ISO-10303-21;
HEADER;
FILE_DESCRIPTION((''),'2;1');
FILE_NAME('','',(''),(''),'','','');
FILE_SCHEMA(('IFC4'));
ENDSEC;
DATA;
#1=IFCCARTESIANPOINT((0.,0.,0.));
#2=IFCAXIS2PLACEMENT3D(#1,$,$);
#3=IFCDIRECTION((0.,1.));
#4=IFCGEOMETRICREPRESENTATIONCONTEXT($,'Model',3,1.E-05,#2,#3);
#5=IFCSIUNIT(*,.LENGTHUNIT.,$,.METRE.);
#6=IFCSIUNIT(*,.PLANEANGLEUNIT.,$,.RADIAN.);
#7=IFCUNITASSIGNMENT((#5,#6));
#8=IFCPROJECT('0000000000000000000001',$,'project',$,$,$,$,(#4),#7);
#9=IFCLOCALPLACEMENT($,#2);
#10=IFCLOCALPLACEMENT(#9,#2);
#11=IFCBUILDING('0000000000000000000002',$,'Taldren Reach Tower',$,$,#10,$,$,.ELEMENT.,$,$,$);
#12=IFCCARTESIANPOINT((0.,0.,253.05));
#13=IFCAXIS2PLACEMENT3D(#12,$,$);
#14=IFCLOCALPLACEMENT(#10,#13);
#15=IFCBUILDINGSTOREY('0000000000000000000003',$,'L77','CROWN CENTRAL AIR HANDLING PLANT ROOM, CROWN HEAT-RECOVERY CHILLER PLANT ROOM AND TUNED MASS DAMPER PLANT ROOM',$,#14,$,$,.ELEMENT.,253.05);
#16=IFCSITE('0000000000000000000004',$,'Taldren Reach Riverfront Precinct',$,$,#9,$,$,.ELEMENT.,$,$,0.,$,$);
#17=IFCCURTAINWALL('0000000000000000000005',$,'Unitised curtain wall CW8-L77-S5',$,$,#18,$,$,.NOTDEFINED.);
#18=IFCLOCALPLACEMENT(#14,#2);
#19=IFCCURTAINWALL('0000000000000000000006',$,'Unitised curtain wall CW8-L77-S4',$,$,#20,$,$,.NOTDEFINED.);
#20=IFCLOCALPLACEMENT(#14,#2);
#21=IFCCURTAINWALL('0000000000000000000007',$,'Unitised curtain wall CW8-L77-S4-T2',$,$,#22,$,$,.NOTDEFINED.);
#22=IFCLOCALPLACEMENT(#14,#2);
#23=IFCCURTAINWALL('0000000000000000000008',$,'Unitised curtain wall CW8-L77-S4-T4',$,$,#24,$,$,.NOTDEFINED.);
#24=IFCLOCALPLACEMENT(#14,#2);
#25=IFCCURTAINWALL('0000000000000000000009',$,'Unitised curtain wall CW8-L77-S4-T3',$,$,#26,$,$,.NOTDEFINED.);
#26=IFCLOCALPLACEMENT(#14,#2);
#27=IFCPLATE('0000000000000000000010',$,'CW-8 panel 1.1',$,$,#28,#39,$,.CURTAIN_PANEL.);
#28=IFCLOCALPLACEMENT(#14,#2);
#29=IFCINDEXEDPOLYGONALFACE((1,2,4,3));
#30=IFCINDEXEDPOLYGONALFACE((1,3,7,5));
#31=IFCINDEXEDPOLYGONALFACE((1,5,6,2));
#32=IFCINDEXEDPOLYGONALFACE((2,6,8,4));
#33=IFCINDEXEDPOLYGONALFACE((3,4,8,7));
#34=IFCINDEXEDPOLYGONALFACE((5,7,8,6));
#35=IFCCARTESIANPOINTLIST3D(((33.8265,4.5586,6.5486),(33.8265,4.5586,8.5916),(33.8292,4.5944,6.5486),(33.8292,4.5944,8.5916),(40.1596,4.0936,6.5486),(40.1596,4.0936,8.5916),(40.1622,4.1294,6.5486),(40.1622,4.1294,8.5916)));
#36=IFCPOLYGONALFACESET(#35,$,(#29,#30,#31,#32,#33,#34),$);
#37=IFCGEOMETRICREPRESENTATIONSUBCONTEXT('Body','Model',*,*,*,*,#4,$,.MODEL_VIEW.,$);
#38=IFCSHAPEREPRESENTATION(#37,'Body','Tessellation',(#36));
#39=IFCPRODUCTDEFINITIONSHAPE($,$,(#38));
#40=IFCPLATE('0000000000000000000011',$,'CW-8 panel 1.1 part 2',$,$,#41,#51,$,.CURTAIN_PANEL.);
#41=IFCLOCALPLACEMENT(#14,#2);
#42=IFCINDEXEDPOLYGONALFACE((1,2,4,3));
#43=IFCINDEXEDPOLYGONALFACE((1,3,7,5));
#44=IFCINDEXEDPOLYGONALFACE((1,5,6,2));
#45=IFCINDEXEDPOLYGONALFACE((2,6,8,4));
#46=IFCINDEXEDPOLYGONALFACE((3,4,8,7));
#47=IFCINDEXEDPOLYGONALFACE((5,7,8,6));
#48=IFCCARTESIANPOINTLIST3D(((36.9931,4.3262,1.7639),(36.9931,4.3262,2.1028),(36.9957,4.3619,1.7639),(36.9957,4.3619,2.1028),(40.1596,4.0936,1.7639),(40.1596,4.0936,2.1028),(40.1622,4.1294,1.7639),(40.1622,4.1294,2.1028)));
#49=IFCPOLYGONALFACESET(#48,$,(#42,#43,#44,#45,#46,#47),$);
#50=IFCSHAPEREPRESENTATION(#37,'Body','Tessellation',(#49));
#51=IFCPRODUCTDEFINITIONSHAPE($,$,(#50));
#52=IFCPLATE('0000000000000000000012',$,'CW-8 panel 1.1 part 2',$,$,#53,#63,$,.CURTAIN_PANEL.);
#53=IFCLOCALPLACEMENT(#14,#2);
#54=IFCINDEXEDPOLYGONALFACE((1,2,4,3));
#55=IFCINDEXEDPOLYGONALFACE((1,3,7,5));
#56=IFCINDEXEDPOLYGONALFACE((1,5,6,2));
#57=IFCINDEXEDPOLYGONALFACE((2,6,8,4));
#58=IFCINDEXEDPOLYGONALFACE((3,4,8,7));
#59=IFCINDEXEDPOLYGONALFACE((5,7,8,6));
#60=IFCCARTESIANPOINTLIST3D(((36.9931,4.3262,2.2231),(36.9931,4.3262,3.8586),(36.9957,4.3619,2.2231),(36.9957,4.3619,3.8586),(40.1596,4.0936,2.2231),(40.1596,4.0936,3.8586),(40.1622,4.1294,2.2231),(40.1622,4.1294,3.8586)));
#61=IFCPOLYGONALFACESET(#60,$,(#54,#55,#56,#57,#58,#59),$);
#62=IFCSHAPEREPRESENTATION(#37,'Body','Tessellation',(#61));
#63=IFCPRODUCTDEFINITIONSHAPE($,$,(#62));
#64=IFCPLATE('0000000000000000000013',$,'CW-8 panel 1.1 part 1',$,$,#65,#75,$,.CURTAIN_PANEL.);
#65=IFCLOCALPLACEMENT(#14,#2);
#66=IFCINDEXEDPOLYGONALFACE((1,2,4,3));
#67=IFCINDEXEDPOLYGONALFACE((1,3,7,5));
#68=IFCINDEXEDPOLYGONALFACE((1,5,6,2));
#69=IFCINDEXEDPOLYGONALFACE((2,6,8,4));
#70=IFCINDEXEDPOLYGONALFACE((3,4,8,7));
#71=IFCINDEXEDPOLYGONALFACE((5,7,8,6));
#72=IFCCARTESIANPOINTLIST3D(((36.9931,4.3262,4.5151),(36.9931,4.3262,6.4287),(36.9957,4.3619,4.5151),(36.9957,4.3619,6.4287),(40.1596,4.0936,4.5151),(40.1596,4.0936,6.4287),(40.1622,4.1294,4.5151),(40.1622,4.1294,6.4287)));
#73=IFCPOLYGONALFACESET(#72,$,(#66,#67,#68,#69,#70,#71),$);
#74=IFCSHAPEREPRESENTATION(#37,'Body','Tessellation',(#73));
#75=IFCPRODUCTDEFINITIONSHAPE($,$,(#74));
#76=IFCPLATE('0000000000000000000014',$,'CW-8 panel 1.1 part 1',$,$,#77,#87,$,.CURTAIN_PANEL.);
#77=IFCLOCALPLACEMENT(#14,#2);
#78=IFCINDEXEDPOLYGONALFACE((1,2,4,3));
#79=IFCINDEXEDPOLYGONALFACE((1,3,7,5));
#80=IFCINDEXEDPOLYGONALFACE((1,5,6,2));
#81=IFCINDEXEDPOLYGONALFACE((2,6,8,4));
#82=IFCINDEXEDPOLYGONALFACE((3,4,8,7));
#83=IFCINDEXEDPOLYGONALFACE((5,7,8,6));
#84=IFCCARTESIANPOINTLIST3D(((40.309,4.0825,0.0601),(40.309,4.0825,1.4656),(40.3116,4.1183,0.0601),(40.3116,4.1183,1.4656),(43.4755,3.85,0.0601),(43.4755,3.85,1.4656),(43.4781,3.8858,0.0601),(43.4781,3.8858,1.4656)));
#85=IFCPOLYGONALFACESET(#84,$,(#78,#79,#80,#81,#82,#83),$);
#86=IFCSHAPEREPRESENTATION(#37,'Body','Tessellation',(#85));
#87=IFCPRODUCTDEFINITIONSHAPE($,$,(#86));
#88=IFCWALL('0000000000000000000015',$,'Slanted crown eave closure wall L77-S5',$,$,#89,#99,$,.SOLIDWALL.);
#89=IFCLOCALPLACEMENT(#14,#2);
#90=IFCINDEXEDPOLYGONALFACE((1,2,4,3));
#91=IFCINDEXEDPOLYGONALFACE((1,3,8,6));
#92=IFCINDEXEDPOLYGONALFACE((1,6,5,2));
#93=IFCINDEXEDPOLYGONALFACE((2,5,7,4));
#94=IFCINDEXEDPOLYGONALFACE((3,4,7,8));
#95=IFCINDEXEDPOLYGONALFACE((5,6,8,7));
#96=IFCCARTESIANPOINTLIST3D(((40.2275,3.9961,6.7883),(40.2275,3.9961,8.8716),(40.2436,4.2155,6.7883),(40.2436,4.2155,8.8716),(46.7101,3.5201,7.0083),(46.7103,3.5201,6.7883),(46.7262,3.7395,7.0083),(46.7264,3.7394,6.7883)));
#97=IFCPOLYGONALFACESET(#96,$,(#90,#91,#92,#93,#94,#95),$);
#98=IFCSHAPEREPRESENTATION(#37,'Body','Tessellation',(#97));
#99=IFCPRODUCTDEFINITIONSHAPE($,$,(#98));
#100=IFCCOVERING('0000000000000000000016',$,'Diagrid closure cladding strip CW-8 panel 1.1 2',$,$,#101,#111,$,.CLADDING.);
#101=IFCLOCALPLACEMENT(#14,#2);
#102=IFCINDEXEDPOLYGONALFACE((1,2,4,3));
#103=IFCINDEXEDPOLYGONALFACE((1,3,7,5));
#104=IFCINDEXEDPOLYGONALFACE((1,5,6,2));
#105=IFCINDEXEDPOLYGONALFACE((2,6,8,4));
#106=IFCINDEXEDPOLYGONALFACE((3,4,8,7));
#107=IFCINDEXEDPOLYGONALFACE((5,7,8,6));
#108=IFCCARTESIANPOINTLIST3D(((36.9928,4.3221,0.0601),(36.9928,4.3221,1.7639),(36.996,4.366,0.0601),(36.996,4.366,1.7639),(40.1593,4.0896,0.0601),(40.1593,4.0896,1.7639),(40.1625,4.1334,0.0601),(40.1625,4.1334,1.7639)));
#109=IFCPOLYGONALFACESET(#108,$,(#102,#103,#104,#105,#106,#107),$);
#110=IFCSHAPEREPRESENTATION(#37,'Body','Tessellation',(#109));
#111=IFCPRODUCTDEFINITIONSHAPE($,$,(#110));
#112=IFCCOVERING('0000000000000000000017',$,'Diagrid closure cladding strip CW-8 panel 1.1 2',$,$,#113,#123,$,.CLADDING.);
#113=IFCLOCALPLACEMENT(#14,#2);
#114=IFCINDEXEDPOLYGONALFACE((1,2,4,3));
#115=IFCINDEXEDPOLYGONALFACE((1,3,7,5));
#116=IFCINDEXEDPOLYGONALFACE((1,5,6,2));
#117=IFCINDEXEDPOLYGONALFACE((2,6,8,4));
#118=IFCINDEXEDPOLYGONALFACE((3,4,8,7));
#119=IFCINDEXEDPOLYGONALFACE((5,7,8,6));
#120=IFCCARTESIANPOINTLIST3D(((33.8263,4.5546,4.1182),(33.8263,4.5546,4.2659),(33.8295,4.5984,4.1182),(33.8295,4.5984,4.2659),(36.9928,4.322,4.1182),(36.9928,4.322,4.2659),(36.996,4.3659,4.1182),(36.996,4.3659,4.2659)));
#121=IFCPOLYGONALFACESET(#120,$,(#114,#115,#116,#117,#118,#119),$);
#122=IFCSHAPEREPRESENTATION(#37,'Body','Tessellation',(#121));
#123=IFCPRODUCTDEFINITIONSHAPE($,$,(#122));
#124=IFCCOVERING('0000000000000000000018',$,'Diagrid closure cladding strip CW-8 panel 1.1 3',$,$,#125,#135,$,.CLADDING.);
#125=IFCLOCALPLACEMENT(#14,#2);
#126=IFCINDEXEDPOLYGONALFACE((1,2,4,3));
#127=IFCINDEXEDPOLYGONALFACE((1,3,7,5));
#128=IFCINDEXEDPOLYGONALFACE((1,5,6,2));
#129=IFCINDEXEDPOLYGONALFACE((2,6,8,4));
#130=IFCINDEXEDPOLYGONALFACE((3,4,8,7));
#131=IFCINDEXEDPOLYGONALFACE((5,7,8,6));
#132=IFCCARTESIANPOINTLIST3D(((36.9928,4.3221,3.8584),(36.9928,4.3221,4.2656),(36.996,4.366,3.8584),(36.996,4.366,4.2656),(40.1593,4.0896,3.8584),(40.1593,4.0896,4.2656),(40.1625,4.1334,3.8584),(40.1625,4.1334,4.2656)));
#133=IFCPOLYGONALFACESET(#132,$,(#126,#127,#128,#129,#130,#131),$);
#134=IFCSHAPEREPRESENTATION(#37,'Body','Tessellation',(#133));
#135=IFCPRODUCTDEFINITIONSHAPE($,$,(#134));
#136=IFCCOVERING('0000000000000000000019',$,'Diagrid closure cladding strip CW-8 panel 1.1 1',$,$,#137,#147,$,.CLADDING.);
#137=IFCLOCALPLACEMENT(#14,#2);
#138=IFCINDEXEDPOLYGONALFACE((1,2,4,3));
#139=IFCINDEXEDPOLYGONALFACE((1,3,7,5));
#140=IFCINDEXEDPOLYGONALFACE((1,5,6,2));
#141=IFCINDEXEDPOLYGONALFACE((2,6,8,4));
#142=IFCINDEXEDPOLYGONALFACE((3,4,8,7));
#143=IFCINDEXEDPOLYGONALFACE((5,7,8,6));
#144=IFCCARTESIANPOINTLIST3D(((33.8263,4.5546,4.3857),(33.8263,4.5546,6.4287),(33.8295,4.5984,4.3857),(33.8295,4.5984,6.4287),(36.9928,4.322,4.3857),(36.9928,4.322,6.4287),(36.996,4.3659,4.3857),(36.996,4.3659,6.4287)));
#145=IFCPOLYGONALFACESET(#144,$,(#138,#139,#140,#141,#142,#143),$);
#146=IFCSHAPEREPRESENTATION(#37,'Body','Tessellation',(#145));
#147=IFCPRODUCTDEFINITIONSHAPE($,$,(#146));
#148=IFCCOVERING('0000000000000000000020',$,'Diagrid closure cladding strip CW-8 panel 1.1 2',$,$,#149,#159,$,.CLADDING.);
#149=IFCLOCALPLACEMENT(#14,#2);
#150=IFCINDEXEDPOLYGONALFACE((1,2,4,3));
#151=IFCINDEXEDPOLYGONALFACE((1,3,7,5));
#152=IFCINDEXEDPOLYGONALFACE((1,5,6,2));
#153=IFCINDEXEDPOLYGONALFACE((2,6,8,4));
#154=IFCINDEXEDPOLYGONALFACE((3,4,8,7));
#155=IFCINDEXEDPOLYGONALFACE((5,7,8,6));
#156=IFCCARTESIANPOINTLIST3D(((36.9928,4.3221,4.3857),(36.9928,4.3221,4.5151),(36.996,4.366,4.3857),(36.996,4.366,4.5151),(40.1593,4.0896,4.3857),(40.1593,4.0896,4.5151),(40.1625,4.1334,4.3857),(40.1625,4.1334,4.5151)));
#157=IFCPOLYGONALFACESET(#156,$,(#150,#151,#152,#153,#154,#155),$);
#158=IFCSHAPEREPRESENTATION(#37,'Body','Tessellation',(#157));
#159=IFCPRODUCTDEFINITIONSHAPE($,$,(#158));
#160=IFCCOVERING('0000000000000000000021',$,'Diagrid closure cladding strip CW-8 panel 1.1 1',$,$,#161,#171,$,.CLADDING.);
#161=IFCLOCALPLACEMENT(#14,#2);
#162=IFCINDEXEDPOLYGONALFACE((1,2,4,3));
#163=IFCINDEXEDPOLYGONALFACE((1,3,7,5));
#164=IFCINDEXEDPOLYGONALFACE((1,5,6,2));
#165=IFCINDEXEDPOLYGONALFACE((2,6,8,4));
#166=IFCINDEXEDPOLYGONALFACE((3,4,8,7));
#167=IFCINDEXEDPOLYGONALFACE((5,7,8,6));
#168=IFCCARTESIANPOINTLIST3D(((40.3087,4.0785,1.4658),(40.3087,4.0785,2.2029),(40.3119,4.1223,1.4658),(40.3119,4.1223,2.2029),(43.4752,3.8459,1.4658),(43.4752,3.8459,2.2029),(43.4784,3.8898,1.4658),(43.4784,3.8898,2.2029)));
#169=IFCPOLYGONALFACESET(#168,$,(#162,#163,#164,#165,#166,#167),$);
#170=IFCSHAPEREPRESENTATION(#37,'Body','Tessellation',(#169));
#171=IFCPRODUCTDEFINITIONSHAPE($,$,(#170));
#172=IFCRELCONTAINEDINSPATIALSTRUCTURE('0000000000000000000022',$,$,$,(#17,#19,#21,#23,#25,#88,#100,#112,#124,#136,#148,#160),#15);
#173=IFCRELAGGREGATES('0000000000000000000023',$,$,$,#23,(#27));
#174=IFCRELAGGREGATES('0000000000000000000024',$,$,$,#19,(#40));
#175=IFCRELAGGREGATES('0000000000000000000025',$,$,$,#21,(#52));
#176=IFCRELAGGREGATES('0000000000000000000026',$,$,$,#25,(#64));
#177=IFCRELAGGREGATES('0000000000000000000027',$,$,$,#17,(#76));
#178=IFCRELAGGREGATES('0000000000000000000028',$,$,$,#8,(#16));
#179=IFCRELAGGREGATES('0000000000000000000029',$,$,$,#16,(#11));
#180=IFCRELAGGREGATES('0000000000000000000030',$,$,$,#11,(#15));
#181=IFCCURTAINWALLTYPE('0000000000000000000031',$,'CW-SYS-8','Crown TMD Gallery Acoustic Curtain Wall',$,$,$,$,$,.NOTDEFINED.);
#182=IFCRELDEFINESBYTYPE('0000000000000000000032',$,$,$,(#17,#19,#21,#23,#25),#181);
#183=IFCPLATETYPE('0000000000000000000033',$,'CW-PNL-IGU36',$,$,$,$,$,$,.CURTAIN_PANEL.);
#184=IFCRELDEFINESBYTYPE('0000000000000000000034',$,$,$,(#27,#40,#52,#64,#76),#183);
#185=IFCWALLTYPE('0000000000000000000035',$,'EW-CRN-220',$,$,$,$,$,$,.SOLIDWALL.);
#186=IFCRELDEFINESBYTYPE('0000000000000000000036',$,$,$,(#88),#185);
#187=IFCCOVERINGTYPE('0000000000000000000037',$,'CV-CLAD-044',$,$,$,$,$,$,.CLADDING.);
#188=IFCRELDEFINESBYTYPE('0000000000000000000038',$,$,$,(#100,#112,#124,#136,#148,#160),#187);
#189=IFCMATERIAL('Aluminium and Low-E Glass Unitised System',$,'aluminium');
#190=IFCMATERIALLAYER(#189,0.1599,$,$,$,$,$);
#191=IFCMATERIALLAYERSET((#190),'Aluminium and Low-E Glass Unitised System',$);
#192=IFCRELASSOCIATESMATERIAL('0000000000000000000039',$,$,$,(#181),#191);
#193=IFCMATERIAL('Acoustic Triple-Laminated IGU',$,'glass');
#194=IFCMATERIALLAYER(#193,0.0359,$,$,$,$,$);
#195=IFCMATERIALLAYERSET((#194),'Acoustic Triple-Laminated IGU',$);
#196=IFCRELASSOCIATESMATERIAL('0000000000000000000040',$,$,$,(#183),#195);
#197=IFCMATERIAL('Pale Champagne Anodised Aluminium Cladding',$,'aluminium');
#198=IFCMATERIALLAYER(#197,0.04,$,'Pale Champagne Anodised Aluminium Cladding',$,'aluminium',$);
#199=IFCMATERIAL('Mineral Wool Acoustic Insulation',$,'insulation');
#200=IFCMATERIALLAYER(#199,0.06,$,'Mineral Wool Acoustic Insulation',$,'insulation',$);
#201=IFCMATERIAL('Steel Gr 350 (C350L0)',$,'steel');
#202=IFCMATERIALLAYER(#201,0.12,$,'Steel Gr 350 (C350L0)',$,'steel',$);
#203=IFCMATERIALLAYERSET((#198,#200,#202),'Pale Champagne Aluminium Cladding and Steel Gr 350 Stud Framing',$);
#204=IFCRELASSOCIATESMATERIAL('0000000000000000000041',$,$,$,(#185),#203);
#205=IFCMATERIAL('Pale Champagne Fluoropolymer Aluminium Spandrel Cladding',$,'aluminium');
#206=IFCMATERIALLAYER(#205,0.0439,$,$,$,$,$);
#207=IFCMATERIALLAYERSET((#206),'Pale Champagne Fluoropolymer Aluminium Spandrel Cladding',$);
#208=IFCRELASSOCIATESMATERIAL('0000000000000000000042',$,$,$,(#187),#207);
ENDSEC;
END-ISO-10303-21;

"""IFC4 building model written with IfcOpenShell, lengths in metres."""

from ifc_helpers import new_model, si_unit, direction, frame, origin, origin_2d, place, context, subcontext, project, spatial, polyline, rectangle, outline, extrude, source, transform, mapped, material, layer, layer_set, type_object, element, aggregate, save


model = new_model("IFC4")

# Units and contexts
model_context = context("Model", 3, precision=1e-05, world=origin(), true_north=direction((0.0, 1.0)))
body_context = subcontext(model_context, "Body", "Model", "MODEL_VIEW")
ifc_project = project(units=[si_unit("LENGTHUNIT", "METRE"), si_unit("PLANEANGLEUNIT", "RADIAN")], contexts=[model_context])

# Site, building, storey
site_placement = place(None, origin())
site = spatial("IfcSite", under=ifc_project, at=site_placement, Name="Taldren Reach Riverfront Precinct", CompositionType="ELEMENT", RefElevation=0.0)
building_placement = place(site_placement, origin())
building = spatial("IfcBuilding", under=site, at=building_placement, Name="Taldren Reach Tower", CompositionType="ELEMENT")
storey_placement = place(building_placement, frame((0.0, 0.0, 253.05)))
storey = spatial("IfcBuildingStorey", under=building, at=storey_placement, Name="L77", Description="CROWN CENTRAL AIR HANDLING PLANT ROOM, CROWN HEAT-RECOVERY CHILLER PLANT ROOM AND TUNED MASS DAMPER PLANT ROOM", CompositionType="ELEMENT", Elevation=253.05)

# Shared definitions
ifc_material_1 = material(Name="Steel Gr 350 (C350L0)", Category="steel")

# Curtain wall
ifc_material_2 = material(Name="Aluminium and Low-E Glass Unitised System", Category="aluminium")
ifc_layer_1 = layer(ifc_material_2, 0.1599)
ifc_layer_set_1 = layer_set([ifc_layer_1], Name="Aluminium and Low-E Glass Unitised System")
curtain_wall_type = type_object("IfcCurtainWallType", Name="CW-SYS-8", Description="Crown TMD Gallery Acoustic Curtain Wall", PredefinedType="NOTDEFINED", material=ifc_layer_set_1)
curtain_wall_1_placement = place(storey_placement, origin())
curtain_wall_1 = element("IfcCurtainWall", 1, at=curtain_wall_1_placement, inside=storey, type_object=curtain_wall_type, Name="Unitised curtain wall CW8-L77-S5", PredefinedType="NOTDEFINED")

# Curtain walls
curtain_wall_2_placement = place(storey_placement, origin())
curtain_wall_2 = element("IfcCurtainWall", 2, at=curtain_wall_2_placement, inside=storey, type_object=curtain_wall_type, Name="Unitised curtain wall CW8-L77-S4", PredefinedType="NOTDEFINED")
curtain_wall_3_placement = place(storey_placement, origin())
curtain_wall_3 = element("IfcCurtainWall", 3, at=curtain_wall_3_placement, inside=storey, type_object=curtain_wall_type, Name="Unitised curtain wall CW8-L77-S4-T2", PredefinedType="NOTDEFINED")
curtain_wall_4_placement = place(storey_placement, origin())
curtain_wall_4 = element("IfcCurtainWall", 4, at=curtain_wall_4_placement, inside=storey, type_object=curtain_wall_type, Name="Unitised curtain wall CW8-L77-S4-T4", PredefinedType="NOTDEFINED")
curtain_wall_5_placement = place(storey_placement, origin())
curtain_wall_5 = element("IfcCurtainWall", 5, at=curtain_wall_5_placement, inside=storey, type_object=curtain_wall_type, Name="Unitised curtain wall CW8-L77-S4-T3", PredefinedType="NOTDEFINED")

# Plates
ifc_material_3 = material(Name="Acoustic Triple-Laminated IGU", Category="glass")
ifc_layer_2 = layer(ifc_material_3, 0.0359)
ifc_layer_set_2 = layer_set([ifc_layer_2], Name="Acoustic Triple-Laminated IGU")
plate_type_1 = type_object("IfcPlateType", Name="CW-PNL-IGU36", PredefinedType="CURTAIN_PANEL", material=ifc_layer_set_2)
shared_shape_1 = source(origin(), body_context, "Body", "SweptSolid", [
    extrude(rectangle(XDim=6.3501, YDim=0.0359, at=origin_2d()), origin(), (0.0, 0.0, 1.0), 2.043),
])
plate_1_placement = place(storey_placement, frame((36.9944, 4.344, 6.5486), z_axis=(0.0, 0.0, 1.0), x_axis=(0.997314, -0.073239, 0.0)))
plate_1 = element("IfcPlate", 6, at=plate_1_placement, type_object=plate_type_1, Name="CW-8 panel 1.1", PredefinedType="CURTAIN_PANEL", context=body_context, shape_type="MappedRepresentation", body=[
    mapped(shared_shape_1, transform((0.0, 0.0, 0.0), scale=1.0)),
])
aggregate(curtain_wall_4, [plate_1])
shared_shape_2 = source(origin(), body_context, "Body", "SweptSolid", [
    extrude(rectangle(XDim=3.175, YDim=0.0359, at=origin_2d()), origin(), (0.0, 0.0, 1.0), 0.3389),
])
plate_2_placement = place(storey_placement, frame((38.5776, 4.2278, 1.7639), z_axis=(0.0, 0.0, 1.0), x_axis=(0.997314, -0.073239, 0.0)))
plate_2 = element("IfcPlate", 7, at=plate_2_placement, type_object=plate_type_1, Name="CW-8 panel 1.1 part 2", PredefinedType="CURTAIN_PANEL", context=body_context, shape_type="MappedRepresentation", body=[
    mapped(shared_shape_2, transform((0.0, 0.0, 0.0), scale=1.0)),
])
aggregate(curtain_wall_2, [plate_2])
shared_shape_3 = source(origin(), body_context, "Body", "SweptSolid", [
    extrude(rectangle(XDim=3.175, YDim=0.0359, at=origin_2d()), origin(), (0.0, 0.0, 1.0), 1.6355),
])
plate_3_placement = place(storey_placement, frame((38.5776, 4.2278, 2.2231), z_axis=(0.0, 0.0, 1.0), x_axis=(0.997314, -0.073239, 0.0)))
plate_3 = element("IfcPlate", 8, at=plate_3_placement, type_object=plate_type_1, Name="CW-8 panel 1.1 part 2", PredefinedType="CURTAIN_PANEL", context=body_context, shape_type="MappedRepresentation", body=[
    mapped(shared_shape_3, transform((0.0, 0.0, 0.0), scale=1.0)),
])
aggregate(curtain_wall_3, [plate_3])
shared_shape_4 = source(origin(), body_context, "Body", "SweptSolid", [
    extrude(rectangle(XDim=3.175, YDim=0.0359, at=origin_2d()), origin(), (0.0, 0.0, 1.0), 1.9136),
])
plate_4_placement = place(storey_placement, frame((38.5776, 4.2278, 4.5151), z_axis=(0.0, 0.0, 1.0), x_axis=(0.997314, -0.073239, 0.0)))
plate_4 = element("IfcPlate", 9, at=plate_4_placement, type_object=plate_type_1, Name="CW-8 panel 1.1 part 1", PredefinedType="CURTAIN_PANEL", context=body_context, shape_type="MappedRepresentation", body=[
    mapped(shared_shape_4, transform((0.0, 0.0, 0.0), scale=1.0)),
])
aggregate(curtain_wall_5, [plate_4])
shared_shape_5 = source(origin(), body_context, "Body", "SweptSolid", [
    extrude(rectangle(XDim=3.175, YDim=0.0359, at=origin_2d()), origin(), (0.0, 0.0, 1.0), 1.4055),
])
plate_5_placement = place(storey_placement, frame((41.8936, 3.9841, 0.0601), z_axis=(0.0, 0.0, 1.0), x_axis=(0.997314, -0.073238, 0.0)))
plate_5 = element("IfcPlate", 10, at=plate_5_placement, type_object=plate_type_1, Name="CW-8 panel 1.1 part 1", PredefinedType="CURTAIN_PANEL", context=body_context, shape_type="MappedRepresentation", body=[
    mapped(shared_shape_5, transform((0.0, 0.0, 0.0), scale=1.0)),
])
aggregate(curtain_wall_1, [plate_5])

# Wall
ifc_material_4 = material(Name="Pale Champagne Anodised Aluminium Cladding", Category="aluminium")
ifc_layer_3 = layer(ifc_material_4, 0.04, Name="Pale Champagne Anodised Aluminium Cladding", Category="aluminium")
ifc_material_5 = material(Name="Mineral Wool Acoustic Insulation", Category="insulation")
ifc_layer_4 = layer(ifc_material_5, 0.06, Name="Mineral Wool Acoustic Insulation", Category="insulation")
ifc_layer_5 = layer(ifc_material_1, 0.12, Name="Steel Gr 350 (C350L0)", Category="steel")
ifc_layer_set_3 = layer_set([ifc_layer_3, ifc_layer_4, ifc_layer_5], Name="Pale Champagne Aluminium Cladding and Steel Gr 350 Stud Framing")
wall_type = type_object("IfcWallType", Name="EW-CRN-220", PredefinedType="SOLIDWALL", material=ifc_layer_set_3)
wall_placement = place(storey_placement, frame((40.2356, 4.106, 6.7883), z_axis=(0.0, 0.0, 1.0), x_axis=(0.997314, -0.073241, 0.0)))
element("IfcWall", 11, at=wall_placement, inside=storey, type_object=wall_type, Name="Slanted crown eave closure wall L77-S5", PredefinedType="SOLIDWALL", context=body_context, shape_type="SweptSolid", body=[
    extrude(outline(polyline([(0.0, 0.0), (6.5002, 0.0), (6.5, 0.22), (0.0, 2.0833), (0.0, 0.0)])), frame((0.0, 0.1099, 0.0), z_axis=(0.0, -1.0, 0.0), x_axis=(1.0, 0.0, 0.0)), (0.0, 0.0, 1.0), 0.22),
])

# Coverings
ifc_material_6 = material(Name="Pale Champagne Fluoropolymer Aluminium Spandrel Cladding", Category="aluminium")
ifc_layer_6 = layer(ifc_material_6, 0.0439)
ifc_layer_set_4 = layer_set([ifc_layer_6], Name="Pale Champagne Fluoropolymer Aluminium Spandrel Cladding")
covering_type = type_object("IfcCoveringType", Name="CV-CLAD-044", PredefinedType="CLADDING", material=ifc_layer_set_4)
shared_shape_6 = source(origin(), body_context, "Body", "SweptSolid", [
    extrude(rectangle(XDim=3.175, YDim=0.0439, at=origin_2d()), origin(), (0.0, 0.0, 1.0), 1.7039),
])
covering_1_placement = place(storey_placement, frame((38.5776, 4.2278, 0.0601), z_axis=(0.0, 0.0, 1.0), x_axis=(0.997314, -0.073239, 0.0)))
element("IfcCovering", 12, at=covering_1_placement, inside=storey, type_object=covering_type, Name="Diagrid closure cladding strip CW-8 panel 1.1 2", PredefinedType="CLADDING", context=body_context, shape_type="MappedRepresentation", body=[
    mapped(shared_shape_6, transform((0.0, 0.0, 0.0), scale=1.0)),
])
shared_shape_7 = source(origin(), body_context, "Body", "SweptSolid", [
    extrude(rectangle(XDim=3.175, YDim=0.0439, at=origin_2d()), origin(), (0.0, 0.0, 1.0), 0.1477),
])
covering_2_placement = place(storey_placement, frame((35.4111, 4.4602, 4.1182), z_axis=(0.0, 0.0, 1.0), x_axis=(0.997314, -0.073239, 0.0)))
element("IfcCovering", 13, at=covering_2_placement, inside=storey, type_object=covering_type, Name="Diagrid closure cladding strip CW-8 panel 1.1 2", PredefinedType="CLADDING", context=body_context, shape_type="MappedRepresentation", body=[
    mapped(shared_shape_7, transform((0.0, 0.0, 0.0), scale=1.0)),
])
shared_shape_8 = source(origin(), body_context, "Body", "SweptSolid", [
    extrude(rectangle(XDim=3.175, YDim=0.0439, at=origin_2d()), origin(), (0.0, 0.0, 1.0), 0.4072),
])
covering_3_placement = place(storey_placement, frame((38.5776, 4.2278, 3.8584), z_axis=(0.0, 0.0, 1.0), x_axis=(0.997314, -0.073239, 0.0)))
element("IfcCovering", 14, at=covering_3_placement, inside=storey, type_object=covering_type, Name="Diagrid closure cladding strip CW-8 panel 1.1 3", PredefinedType="CLADDING", context=body_context, shape_type="MappedRepresentation", body=[
    mapped(shared_shape_8, transform((0.0, 0.0, 0.0), scale=1.0)),
])
shared_shape_9 = source(origin(), body_context, "Body", "SweptSolid", [
    extrude(rectangle(XDim=3.175, YDim=0.0439, at=origin_2d()), origin(), (0.0, 0.0, 1.0), 2.043),
])
covering_4_placement = place(storey_placement, frame((35.4111, 4.4602, 4.3857), z_axis=(0.0, 0.0, 1.0), x_axis=(0.997314, -0.073239, 0.0)))
element("IfcCovering", 15, at=covering_4_placement, inside=storey, type_object=covering_type, Name="Diagrid closure cladding strip CW-8 panel 1.1 1", PredefinedType="CLADDING", context=body_context, shape_type="MappedRepresentation", body=[
    mapped(shared_shape_9, transform((0.0, 0.0, 0.0), scale=1.0)),
])
shared_shape_10 = source(origin(), body_context, "Body", "SweptSolid", [
    extrude(rectangle(XDim=3.175, YDim=0.0439, at=origin_2d()), origin(), (0.0, 0.0, 1.0), 0.1294),
])
covering_5_placement = place(storey_placement, frame((38.5776, 4.2278, 4.3857), z_axis=(0.0, 0.0, 1.0), x_axis=(0.997314, -0.073239, 0.0)))
element("IfcCovering", 16, at=covering_5_placement, inside=storey, type_object=covering_type, Name="Diagrid closure cladding strip CW-8 panel 1.1 2", PredefinedType="CLADDING", context=body_context, shape_type="MappedRepresentation", body=[
    mapped(shared_shape_10, transform((0.0, 0.0, 0.0), scale=1.0)),
])
shared_shape_11 = source(origin(), body_context, "Body", "SweptSolid", [
    extrude(rectangle(XDim=3.175, YDim=0.0439, at=origin_2d()), origin(), (0.0, 0.0, 1.0), 0.7371),
])
covering_6_placement = place(storey_placement, frame((41.8936, 3.9841, 1.4658), z_axis=(0.0, 0.0, 1.0), x_axis=(0.997314, -0.073238, 0.0)))
element("IfcCovering", 17, at=covering_6_placement, inside=storey, type_object=covering_type, Name="Diagrid closure cladding strip CW-8 panel 1.1 1", PredefinedType="CLADDING", context=body_context, shape_type="MappedRepresentation", body=[
    mapped(shared_shape_11, transform((0.0, 0.0, 0.0), scale=1.0)),
])

save(model, "model.ifc")
